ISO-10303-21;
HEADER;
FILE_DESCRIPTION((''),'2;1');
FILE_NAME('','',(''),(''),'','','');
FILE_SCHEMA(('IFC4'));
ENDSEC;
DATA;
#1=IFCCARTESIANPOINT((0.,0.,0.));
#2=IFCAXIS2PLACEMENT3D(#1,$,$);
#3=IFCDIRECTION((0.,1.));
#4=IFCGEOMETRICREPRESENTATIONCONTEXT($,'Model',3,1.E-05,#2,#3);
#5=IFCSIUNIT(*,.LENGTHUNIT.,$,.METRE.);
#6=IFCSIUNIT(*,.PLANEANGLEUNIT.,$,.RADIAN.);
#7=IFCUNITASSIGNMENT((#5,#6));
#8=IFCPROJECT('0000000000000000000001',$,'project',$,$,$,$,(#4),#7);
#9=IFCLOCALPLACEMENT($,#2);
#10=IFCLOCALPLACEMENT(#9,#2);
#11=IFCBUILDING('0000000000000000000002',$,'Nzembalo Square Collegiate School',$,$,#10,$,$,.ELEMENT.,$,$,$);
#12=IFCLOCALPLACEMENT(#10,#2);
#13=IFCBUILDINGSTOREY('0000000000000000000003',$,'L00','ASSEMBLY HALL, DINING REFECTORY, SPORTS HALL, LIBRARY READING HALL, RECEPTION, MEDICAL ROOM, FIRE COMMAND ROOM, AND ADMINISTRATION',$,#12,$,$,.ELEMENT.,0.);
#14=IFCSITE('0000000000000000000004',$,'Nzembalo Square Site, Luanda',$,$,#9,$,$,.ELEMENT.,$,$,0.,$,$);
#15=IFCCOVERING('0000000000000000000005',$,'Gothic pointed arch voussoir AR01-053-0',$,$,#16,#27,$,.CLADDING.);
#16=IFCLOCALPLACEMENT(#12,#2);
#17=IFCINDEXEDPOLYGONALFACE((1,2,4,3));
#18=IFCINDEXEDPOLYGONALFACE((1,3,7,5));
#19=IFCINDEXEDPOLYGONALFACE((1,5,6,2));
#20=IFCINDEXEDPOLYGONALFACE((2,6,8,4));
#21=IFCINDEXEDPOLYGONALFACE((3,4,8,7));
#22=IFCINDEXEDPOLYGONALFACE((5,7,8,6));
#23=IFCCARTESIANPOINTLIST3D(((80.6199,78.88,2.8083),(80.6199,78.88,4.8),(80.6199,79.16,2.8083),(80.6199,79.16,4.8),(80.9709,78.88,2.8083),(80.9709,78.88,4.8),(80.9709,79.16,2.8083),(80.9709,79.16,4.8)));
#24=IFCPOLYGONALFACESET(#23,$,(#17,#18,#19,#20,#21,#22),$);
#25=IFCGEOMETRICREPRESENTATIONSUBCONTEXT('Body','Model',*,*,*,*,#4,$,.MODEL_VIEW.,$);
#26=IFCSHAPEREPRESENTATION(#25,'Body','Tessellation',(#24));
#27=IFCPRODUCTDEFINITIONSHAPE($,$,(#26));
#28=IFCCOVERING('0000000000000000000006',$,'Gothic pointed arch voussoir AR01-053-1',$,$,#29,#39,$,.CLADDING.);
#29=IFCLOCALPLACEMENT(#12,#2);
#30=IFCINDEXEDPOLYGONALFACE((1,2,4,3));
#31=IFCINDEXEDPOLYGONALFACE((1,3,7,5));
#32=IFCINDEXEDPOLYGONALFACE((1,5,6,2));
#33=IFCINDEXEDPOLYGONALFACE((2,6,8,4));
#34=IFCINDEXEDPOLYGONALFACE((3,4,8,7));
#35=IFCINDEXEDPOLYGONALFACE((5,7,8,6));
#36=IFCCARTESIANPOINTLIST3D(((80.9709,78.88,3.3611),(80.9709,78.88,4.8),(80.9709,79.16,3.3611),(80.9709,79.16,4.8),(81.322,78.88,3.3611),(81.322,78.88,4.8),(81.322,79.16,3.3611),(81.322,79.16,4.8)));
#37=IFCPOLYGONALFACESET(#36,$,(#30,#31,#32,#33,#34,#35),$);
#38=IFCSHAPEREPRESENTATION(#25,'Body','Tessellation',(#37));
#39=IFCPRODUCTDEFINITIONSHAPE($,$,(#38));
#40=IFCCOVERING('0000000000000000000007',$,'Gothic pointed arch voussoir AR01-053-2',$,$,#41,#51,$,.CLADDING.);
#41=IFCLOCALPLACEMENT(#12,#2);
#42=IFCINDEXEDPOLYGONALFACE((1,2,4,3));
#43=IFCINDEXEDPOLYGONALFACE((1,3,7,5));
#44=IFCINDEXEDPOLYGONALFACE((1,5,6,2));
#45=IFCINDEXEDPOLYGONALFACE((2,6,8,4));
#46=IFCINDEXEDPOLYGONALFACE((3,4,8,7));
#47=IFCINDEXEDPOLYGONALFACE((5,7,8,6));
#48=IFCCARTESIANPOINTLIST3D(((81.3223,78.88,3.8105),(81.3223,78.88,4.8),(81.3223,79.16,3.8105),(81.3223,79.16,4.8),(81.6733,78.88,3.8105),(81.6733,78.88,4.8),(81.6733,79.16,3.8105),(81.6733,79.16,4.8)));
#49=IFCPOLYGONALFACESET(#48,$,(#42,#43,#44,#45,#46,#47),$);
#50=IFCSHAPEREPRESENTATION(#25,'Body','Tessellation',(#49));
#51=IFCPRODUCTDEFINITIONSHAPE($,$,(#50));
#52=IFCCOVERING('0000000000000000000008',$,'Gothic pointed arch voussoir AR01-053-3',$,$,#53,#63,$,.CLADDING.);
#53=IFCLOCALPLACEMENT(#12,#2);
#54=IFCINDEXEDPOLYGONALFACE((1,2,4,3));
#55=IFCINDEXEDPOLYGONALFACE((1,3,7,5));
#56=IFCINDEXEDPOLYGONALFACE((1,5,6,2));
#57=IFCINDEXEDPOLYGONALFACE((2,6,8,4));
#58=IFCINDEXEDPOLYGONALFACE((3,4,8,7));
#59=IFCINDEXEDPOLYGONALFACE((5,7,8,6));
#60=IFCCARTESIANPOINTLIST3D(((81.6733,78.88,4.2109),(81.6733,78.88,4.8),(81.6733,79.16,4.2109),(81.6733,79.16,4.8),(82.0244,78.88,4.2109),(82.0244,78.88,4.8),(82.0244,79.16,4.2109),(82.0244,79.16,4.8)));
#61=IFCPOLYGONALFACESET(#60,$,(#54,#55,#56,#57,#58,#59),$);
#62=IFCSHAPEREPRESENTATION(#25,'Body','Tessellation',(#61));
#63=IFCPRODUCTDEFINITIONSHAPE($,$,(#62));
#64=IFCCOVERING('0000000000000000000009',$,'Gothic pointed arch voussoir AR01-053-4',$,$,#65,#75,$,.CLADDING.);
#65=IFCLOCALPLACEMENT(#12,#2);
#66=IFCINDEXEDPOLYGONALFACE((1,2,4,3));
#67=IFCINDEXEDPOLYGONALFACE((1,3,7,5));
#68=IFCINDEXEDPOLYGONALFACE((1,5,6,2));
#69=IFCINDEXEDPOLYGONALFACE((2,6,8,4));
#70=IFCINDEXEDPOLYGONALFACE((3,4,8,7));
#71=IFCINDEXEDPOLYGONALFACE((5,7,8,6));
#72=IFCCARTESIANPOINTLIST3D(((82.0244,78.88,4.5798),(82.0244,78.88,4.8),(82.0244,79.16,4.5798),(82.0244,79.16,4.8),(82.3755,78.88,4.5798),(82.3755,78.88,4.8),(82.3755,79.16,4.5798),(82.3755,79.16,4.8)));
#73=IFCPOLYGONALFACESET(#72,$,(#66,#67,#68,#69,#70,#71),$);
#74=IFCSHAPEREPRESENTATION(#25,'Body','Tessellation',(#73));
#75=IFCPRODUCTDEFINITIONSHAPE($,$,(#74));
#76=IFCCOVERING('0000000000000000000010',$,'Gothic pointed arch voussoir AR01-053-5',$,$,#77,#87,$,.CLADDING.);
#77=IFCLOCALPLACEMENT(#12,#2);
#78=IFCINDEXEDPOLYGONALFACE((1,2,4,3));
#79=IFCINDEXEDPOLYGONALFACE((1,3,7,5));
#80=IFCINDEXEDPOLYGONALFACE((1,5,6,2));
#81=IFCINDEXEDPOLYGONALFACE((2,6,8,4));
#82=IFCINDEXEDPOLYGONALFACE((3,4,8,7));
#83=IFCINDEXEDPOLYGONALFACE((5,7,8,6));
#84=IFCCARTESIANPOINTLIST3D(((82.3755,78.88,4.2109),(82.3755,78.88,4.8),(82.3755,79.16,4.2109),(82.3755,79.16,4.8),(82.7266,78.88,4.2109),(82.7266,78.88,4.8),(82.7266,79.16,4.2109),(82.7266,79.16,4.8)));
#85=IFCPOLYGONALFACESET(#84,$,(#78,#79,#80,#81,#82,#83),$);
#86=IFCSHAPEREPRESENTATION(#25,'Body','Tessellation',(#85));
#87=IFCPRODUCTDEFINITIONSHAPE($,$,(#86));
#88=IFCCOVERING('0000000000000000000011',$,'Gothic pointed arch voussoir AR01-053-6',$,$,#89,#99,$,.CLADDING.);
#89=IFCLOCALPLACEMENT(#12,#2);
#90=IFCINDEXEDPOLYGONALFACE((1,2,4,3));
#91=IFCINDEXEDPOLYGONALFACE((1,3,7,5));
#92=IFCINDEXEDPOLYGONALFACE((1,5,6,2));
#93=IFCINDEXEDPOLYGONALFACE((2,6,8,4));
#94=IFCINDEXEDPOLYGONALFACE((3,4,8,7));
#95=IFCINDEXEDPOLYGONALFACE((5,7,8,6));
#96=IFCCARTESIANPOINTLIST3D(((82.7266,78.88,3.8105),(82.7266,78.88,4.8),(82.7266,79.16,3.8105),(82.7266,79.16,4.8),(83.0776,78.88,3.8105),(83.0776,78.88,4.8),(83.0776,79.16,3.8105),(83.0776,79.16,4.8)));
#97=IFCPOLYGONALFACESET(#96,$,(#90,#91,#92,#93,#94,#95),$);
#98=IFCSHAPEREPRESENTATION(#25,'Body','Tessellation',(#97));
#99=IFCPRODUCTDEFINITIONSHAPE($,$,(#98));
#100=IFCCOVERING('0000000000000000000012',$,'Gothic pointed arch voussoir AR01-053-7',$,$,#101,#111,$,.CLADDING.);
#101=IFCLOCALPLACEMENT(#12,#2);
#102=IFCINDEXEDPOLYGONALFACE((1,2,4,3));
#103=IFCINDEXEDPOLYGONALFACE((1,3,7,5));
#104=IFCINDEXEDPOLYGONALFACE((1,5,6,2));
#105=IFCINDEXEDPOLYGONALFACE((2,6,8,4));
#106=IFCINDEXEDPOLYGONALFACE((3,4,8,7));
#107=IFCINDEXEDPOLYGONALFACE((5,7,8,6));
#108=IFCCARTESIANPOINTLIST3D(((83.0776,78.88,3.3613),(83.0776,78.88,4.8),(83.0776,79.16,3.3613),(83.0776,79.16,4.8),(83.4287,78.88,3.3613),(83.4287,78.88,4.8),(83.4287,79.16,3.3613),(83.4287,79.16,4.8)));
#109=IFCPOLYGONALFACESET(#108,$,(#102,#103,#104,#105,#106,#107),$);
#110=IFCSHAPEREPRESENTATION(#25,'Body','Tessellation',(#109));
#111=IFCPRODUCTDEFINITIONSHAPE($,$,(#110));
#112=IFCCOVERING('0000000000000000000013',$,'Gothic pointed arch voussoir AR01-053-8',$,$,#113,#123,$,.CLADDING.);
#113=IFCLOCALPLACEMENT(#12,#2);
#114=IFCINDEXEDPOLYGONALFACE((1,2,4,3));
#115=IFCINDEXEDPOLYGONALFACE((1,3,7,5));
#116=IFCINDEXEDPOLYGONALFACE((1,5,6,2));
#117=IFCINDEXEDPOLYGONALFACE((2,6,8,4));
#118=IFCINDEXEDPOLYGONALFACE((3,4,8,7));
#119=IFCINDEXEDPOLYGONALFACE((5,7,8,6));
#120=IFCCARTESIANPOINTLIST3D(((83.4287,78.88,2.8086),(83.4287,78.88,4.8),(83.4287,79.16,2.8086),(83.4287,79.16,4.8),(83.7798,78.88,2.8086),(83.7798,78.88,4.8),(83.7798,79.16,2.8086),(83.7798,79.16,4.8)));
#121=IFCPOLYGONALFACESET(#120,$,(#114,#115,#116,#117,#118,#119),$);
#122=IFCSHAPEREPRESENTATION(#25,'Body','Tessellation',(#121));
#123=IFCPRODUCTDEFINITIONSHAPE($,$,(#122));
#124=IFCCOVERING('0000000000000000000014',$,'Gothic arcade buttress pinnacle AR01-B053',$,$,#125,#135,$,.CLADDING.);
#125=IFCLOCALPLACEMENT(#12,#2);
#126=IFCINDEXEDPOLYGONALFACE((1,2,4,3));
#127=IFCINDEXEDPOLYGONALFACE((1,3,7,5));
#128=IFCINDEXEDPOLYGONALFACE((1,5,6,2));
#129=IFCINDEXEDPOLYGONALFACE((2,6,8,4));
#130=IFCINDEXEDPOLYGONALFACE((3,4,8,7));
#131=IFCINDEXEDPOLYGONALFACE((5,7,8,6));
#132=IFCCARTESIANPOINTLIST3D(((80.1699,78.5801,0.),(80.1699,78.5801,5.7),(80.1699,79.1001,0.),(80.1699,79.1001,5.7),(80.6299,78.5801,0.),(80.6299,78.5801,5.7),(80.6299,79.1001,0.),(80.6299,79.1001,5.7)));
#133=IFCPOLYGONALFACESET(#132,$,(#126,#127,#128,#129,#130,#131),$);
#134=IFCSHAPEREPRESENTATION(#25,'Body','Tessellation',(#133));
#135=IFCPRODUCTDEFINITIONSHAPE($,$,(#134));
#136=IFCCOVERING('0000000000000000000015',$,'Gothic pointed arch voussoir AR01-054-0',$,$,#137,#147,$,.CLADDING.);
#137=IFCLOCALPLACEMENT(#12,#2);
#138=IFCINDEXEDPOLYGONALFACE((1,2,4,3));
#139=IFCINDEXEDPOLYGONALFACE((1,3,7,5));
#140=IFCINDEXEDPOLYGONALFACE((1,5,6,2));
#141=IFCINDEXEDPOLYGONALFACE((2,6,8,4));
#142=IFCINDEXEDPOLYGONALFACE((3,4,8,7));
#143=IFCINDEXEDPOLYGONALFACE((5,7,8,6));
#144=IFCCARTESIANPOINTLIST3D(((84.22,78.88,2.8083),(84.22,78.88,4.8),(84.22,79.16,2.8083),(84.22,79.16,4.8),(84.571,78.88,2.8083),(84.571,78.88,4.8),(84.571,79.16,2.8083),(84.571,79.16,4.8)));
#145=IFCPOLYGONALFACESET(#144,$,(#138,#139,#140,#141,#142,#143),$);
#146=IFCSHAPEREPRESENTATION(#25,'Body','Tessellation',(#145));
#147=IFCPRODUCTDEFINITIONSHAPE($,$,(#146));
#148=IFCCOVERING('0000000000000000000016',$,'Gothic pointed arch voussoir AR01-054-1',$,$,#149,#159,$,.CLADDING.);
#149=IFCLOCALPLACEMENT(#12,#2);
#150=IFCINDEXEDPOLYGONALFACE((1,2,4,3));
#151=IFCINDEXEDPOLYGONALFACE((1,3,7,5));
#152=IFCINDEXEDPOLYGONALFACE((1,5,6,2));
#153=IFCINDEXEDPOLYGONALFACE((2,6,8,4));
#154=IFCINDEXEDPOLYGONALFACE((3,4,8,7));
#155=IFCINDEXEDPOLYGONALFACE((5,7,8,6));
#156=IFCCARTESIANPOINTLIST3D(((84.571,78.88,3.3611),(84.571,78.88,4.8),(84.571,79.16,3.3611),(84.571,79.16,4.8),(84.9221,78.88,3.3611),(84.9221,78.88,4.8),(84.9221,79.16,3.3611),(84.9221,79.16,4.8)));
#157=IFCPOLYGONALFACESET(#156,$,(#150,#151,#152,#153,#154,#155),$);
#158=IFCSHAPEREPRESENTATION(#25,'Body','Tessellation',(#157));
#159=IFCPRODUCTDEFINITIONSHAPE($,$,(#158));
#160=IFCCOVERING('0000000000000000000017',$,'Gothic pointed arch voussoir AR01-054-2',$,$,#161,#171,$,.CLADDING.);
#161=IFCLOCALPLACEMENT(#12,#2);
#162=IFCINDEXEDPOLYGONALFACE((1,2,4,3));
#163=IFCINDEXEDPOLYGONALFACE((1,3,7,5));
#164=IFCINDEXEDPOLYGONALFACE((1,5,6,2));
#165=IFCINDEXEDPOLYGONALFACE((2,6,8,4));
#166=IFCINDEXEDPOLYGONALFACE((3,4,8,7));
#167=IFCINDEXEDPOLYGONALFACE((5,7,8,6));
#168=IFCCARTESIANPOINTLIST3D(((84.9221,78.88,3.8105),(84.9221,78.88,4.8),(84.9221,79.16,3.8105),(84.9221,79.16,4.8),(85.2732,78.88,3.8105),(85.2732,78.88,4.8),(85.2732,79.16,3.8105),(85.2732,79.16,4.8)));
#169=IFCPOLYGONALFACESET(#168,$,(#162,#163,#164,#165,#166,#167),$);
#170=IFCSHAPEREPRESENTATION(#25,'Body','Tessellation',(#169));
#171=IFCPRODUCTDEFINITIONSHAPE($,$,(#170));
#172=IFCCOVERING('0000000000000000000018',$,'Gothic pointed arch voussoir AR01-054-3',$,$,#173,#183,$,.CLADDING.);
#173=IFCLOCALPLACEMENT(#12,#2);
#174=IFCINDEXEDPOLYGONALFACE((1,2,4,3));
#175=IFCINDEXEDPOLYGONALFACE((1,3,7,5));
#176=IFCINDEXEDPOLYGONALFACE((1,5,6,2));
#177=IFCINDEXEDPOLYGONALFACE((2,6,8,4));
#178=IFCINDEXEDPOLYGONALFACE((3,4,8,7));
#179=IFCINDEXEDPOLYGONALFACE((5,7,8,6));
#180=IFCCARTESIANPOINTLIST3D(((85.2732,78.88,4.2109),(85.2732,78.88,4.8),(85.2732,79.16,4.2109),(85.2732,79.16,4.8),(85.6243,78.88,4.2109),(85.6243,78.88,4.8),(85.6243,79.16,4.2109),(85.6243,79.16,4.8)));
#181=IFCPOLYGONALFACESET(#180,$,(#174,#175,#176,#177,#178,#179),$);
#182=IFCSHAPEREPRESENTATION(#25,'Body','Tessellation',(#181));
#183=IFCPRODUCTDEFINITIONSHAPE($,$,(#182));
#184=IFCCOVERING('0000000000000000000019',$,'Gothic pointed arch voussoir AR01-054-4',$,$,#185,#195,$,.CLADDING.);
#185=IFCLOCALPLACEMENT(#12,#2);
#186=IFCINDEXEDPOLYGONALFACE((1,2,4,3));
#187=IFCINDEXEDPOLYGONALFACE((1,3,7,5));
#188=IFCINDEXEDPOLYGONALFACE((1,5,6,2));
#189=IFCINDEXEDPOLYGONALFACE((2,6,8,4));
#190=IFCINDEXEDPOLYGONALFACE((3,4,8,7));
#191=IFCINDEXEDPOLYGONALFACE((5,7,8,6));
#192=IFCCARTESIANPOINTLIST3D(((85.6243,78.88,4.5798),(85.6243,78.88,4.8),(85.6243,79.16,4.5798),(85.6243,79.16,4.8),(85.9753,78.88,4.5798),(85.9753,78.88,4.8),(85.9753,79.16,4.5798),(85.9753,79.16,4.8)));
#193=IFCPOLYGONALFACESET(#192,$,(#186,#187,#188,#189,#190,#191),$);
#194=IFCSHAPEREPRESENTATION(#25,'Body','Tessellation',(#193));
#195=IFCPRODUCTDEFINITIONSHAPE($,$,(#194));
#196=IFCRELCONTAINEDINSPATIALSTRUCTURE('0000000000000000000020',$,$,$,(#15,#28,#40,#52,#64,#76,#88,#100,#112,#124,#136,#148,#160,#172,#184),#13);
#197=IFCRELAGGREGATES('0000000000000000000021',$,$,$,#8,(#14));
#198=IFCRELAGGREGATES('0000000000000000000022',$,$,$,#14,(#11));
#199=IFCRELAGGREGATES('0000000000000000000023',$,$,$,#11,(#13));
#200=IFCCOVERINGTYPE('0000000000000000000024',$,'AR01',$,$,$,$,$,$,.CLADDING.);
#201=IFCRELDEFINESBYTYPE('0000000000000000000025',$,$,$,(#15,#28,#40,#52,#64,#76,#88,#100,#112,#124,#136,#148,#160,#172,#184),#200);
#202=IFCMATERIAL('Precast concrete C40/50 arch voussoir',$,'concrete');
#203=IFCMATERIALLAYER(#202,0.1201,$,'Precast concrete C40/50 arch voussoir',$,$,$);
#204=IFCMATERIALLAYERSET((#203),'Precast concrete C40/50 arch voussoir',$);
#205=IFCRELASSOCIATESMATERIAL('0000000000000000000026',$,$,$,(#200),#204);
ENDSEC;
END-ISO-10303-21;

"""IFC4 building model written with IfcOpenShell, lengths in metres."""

from ifc_helpers import new_model, si_unit, direction, frame, origin, origin_2d, place, context, subcontext, project, spatial, rectangle, extrude, material, layer, layer_set, type_object, element, save


model = new_model("IFC4")

# Units and contexts
model_context = context("Model", 3, precision=1e-05, world=origin(), true_north=direction((0.0, 1.0)))
body_context = subcontext(model_context, "Body", "Model", "MODEL_VIEW")
ifc_project = project(units=[si_unit("LENGTHUNIT", "METRE"), si_unit("PLANEANGLEUNIT", "RADIAN")], contexts=[model_context])

# Site, building, storey
site_placement = place(None, origin())
site = spatial("IfcSite", under=ifc_project, at=site_placement, Name="Nzembalo Square Site, Luanda", CompositionType="ELEMENT", RefElevation=0.0)
building_placement = place(site_placement, origin())
building = spatial("IfcBuilding", under=site, at=building_placement, Name="Nzembalo Square Collegiate School", CompositionType="ELEMENT")
storey_placement = place(building_placement, origin())
storey = spatial("IfcBuildingStorey", under=building, at=storey_placement, Name="L00", Description="ASSEMBLY HALL, DINING REFECTORY, SPORTS HALL, LIBRARY READING HALL, RECEPTION, MEDICAL ROOM, FIRE COMMAND ROOM, AND ADMINISTRATION", CompositionType="ELEMENT", Elevation=0.0)

# Coverings
ifc_material_1 = material(Name="Precast concrete C40/50 arch voussoir", Category="concrete")
ifc_layer = layer(ifc_material_1, 0.1201, Name="Precast concrete C40/50 arch voussoir")
ifc_layer_set = layer_set([ifc_layer], Name="Precast concrete C40/50 arch voussoir")
covering_type = type_object("IfcCoveringType", Name="AR01", PredefinedType="CLADDING", material=ifc_layer_set)
covering_1_placement = place(storey_placement, frame((80.7954, 79.02, 2.8083), z_axis=(0.0, 0.0, 1.0), x_axis=(1.0, 0.0, 0.0)))
element("IfcCovering", 1, at=covering_1_placement, inside=storey, type_object=covering_type, Name="Gothic pointed arch voussoir AR01-053-0", PredefinedType="CLADDING", context=body_context, shape_type="SweptSolid", body=[
    extrude(rectangle(XDim=0.3511, YDim=0.28, at=origin_2d()), origin(), (0.0, 0.0, 1.0), 1.9917),
])
covering_2_placement = place(storey_placement, frame((81.1465, 79.02, 3.3611), z_axis=(0.0, 0.0, 1.0), x_axis=(1.0, 0.0, 0.0)))
element("IfcCovering", 2, at=covering_2_placement, inside=storey, type_object=covering_type, Name="Gothic pointed arch voussoir AR01-053-1", PredefinedType="CLADDING", context=body_context, shape_type="SweptSolid", body=[
    extrude(rectangle(XDim=0.3511, YDim=0.28, at=origin_2d()), origin(), (0.0, 0.0, 1.0), 1.439),
])
covering_3_placement = place(storey_placement, frame((81.4978, 79.02, 3.8105), z_axis=(0.0, 0.0, 1.0), x_axis=(1.0, 0.0, 0.0)))
element("IfcCovering", 3, at=covering_3_placement, inside=storey, type_object=covering_type, Name="Gothic pointed arch voussoir AR01-053-2", PredefinedType="CLADDING", context=body_context, shape_type="SweptSolid", body=[
    extrude(rectangle(XDim=0.3511, YDim=0.28, at=origin_2d()), origin(), (0.0, 0.0, 1.0), 0.9895),
])
covering_4_placement = place(storey_placement, frame((81.8489, 79.02, 4.2109), z_axis=(0.0, 0.0, 1.0), x_axis=(1.0, 0.0, 0.0)))
element("IfcCovering", 4, at=covering_4_placement, inside=storey, type_object=covering_type, Name="Gothic pointed arch voussoir AR01-053-3", PredefinedType="CLADDING", context=body_context, shape_type="SweptSolid", body=[
    extrude(rectangle(XDim=0.3511, YDim=0.28, at=origin_2d()), origin(), (0.0, 0.0, 1.0), 0.5891),
])
covering_5_placement = place(storey_placement, frame((82.2, 79.02, 4.5798), z_axis=(0.0, 0.0, 1.0), x_axis=(1.0, 0.0, 0.0)))
element("IfcCovering", 5, at=covering_5_placement, inside=storey, type_object=covering_type, Name="Gothic pointed arch voussoir AR01-053-4", PredefinedType="CLADDING", context=body_context, shape_type="SweptSolid", body=[
    extrude(rectangle(XDim=0.3511, YDim=0.28, at=origin_2d()), origin(), (0.0, 0.0, 1.0), 0.2202),
])
covering_6_placement = place(storey_placement, frame((82.551, 79.02, 4.2109), z_axis=(0.0, 0.0, 1.0), x_axis=(1.0, 0.0, 0.0)))
element("IfcCovering", 6, at=covering_6_placement, inside=storey, type_object=covering_type, Name="Gothic pointed arch voussoir AR01-053-5", PredefinedType="CLADDING", context=body_context, shape_type="SweptSolid", body=[
    extrude(rectangle(XDim=0.3511, YDim=0.28, at=origin_2d()), origin(), (0.0, 0.0, 1.0), 0.5891),
])
covering_7_placement = place(storey_placement, frame((82.9021, 79.02, 3.8105), z_axis=(0.0, 0.0, 1.0), x_axis=(1.0, 0.0, 0.0)))
element("IfcCovering", 7, at=covering_7_placement, inside=storey, type_object=covering_type, Name="Gothic pointed arch voussoir AR01-053-6", PredefinedType="CLADDING", context=body_context, shape_type="SweptSolid", body=[
    extrude(rectangle(XDim=0.3511, YDim=0.28, at=origin_2d()), origin(), (0.0, 0.0, 1.0), 0.9895),
])
covering_8_placement = place(storey_placement, frame((83.2532, 79.02, 3.3613), z_axis=(0.0, 0.0, 1.0), x_axis=(1.0, 0.0, 0.0)))
element("IfcCovering", 8, at=covering_8_placement, inside=storey, type_object=covering_type, Name="Gothic pointed arch voussoir AR01-053-7", PredefinedType="CLADDING", context=body_context, shape_type="SweptSolid", body=[
    extrude(rectangle(XDim=0.3511, YDim=0.28, at=origin_2d()), origin(), (0.0, 0.0, 1.0), 1.4387),
])
covering_9_placement = place(storey_placement, frame((83.6042, 79.02, 2.8086), z_axis=(0.0, 0.0, 1.0), x_axis=(1.0, 0.0, 0.0)))
element("IfcCovering", 9, at=covering_9_placement, inside=storey, type_object=covering_type, Name="Gothic pointed arch voussoir AR01-053-8", PredefinedType="CLADDING", context=body_context, shape_type="SweptSolid", body=[
    extrude(rectangle(XDim=0.3511, YDim=0.28, at=origin_2d()), origin(), (0.0, 0.0, 1.0), 1.9915),
])
covering_10_placement = place(storey_placement, frame((80.3999, 78.8401, 0.0), z_axis=(0.0, 0.0, 1.0), x_axis=(1.0, 0.0, 0.0)))
element("IfcCovering", 10, at=covering_10_placement, inside=storey, type_object=covering_type, Name="Gothic arcade buttress pinnacle AR01-B053", PredefinedType="CLADDING", context=body_context, shape_type="SweptSolid", body=[
    extrude(rectangle(XDim=0.46, YDim=0.52, at=origin_2d()), origin(), (0.0, 0.0, 1.0), 5.7),
])
covering_11_placement = place(storey_placement, frame((84.3955, 79.02, 2.8083), z_axis=(0.0, 0.0, 1.0), x_axis=(1.0, 0.0, 0.0)))
element("IfcCovering", 11, at=covering_11_placement, inside=storey, type_object=covering_type, Name="Gothic pointed arch voussoir AR01-054-0", PredefinedType="CLADDING", context=body_context, shape_type="SweptSolid", body=[
    extrude(rectangle(XDim=0.3511, YDim=0.28, at=origin_2d()), origin(), (0.0, 0.0, 1.0), 1.9917),
])
covering_12_placement = place(storey_placement, frame((84.7466, 79.02, 3.3611), z_axis=(0.0, 0.0, 1.0), x_axis=(1.0, 0.0, 0.0)))
element("IfcCovering", 12, at=covering_12_placement, inside=storey, type_object=covering_type, Name="Gothic pointed arch voussoir AR01-054-1", PredefinedType="CLADDING", context=body_context, shape_type="SweptSolid", body=[
    extrude(rectangle(XDim=0.3511, YDim=0.28, at=origin_2d()), origin(), (0.0, 0.0, 1.0), 1.439),
])
covering_13_placement = place(storey_placement, frame((85.0977, 79.02, 3.8105), z_axis=(0.0, 0.0, 1.0), x_axis=(1.0, 0.0, 0.0)))
element("IfcCovering", 13, at=covering_13_placement, inside=storey, type_object=covering_type, Name="Gothic pointed arch voussoir AR01-054-2", PredefinedType="CLADDING", context=body_context, shape_type="SweptSolid", body=[
    extrude(rectangle(XDim=0.3511, YDim=0.28, at=origin_2d()), origin(), (0.0, 0.0, 1.0), 0.9895),
])
covering_14_placement = place(storey_placement, frame((85.4487, 79.02, 4.2109), z_axis=(0.0, 0.0, 1.0), x_axis=(1.0, 0.0, 0.0)))
element("IfcCovering", 14, at=covering_14_placement, inside=storey, type_object=covering_type, Name="Gothic pointed arch voussoir AR01-054-3", PredefinedType="CLADDING", context=body_context, shape_type="SweptSolid", body=[
    extrude(rectangle(XDim=0.3511, YDim=0.28, at=origin_2d()), origin(), (0.0, 0.0, 1.0), 0.5891),
])
covering_15_placement = place(storey_placement, frame((85.7998, 79.02, 4.5798), z_axis=(0.0, 0.0, 1.0), x_axis=(1.0, 0.0, 0.0)))
element("IfcCovering", 15, at=covering_15_placement, inside=storey, type_object=covering_type, Name="Gothic pointed arch voussoir AR01-054-4", PredefinedType="CLADDING", context=body_context, shape_type="SweptSolid", body=[
    extrude(rectangle(XDim=0.3511, YDim=0.28, at=origin_2d()), origin(), (0.0, 0.0, 1.0), 0.2202),
])

save(model, "model.ifc")
